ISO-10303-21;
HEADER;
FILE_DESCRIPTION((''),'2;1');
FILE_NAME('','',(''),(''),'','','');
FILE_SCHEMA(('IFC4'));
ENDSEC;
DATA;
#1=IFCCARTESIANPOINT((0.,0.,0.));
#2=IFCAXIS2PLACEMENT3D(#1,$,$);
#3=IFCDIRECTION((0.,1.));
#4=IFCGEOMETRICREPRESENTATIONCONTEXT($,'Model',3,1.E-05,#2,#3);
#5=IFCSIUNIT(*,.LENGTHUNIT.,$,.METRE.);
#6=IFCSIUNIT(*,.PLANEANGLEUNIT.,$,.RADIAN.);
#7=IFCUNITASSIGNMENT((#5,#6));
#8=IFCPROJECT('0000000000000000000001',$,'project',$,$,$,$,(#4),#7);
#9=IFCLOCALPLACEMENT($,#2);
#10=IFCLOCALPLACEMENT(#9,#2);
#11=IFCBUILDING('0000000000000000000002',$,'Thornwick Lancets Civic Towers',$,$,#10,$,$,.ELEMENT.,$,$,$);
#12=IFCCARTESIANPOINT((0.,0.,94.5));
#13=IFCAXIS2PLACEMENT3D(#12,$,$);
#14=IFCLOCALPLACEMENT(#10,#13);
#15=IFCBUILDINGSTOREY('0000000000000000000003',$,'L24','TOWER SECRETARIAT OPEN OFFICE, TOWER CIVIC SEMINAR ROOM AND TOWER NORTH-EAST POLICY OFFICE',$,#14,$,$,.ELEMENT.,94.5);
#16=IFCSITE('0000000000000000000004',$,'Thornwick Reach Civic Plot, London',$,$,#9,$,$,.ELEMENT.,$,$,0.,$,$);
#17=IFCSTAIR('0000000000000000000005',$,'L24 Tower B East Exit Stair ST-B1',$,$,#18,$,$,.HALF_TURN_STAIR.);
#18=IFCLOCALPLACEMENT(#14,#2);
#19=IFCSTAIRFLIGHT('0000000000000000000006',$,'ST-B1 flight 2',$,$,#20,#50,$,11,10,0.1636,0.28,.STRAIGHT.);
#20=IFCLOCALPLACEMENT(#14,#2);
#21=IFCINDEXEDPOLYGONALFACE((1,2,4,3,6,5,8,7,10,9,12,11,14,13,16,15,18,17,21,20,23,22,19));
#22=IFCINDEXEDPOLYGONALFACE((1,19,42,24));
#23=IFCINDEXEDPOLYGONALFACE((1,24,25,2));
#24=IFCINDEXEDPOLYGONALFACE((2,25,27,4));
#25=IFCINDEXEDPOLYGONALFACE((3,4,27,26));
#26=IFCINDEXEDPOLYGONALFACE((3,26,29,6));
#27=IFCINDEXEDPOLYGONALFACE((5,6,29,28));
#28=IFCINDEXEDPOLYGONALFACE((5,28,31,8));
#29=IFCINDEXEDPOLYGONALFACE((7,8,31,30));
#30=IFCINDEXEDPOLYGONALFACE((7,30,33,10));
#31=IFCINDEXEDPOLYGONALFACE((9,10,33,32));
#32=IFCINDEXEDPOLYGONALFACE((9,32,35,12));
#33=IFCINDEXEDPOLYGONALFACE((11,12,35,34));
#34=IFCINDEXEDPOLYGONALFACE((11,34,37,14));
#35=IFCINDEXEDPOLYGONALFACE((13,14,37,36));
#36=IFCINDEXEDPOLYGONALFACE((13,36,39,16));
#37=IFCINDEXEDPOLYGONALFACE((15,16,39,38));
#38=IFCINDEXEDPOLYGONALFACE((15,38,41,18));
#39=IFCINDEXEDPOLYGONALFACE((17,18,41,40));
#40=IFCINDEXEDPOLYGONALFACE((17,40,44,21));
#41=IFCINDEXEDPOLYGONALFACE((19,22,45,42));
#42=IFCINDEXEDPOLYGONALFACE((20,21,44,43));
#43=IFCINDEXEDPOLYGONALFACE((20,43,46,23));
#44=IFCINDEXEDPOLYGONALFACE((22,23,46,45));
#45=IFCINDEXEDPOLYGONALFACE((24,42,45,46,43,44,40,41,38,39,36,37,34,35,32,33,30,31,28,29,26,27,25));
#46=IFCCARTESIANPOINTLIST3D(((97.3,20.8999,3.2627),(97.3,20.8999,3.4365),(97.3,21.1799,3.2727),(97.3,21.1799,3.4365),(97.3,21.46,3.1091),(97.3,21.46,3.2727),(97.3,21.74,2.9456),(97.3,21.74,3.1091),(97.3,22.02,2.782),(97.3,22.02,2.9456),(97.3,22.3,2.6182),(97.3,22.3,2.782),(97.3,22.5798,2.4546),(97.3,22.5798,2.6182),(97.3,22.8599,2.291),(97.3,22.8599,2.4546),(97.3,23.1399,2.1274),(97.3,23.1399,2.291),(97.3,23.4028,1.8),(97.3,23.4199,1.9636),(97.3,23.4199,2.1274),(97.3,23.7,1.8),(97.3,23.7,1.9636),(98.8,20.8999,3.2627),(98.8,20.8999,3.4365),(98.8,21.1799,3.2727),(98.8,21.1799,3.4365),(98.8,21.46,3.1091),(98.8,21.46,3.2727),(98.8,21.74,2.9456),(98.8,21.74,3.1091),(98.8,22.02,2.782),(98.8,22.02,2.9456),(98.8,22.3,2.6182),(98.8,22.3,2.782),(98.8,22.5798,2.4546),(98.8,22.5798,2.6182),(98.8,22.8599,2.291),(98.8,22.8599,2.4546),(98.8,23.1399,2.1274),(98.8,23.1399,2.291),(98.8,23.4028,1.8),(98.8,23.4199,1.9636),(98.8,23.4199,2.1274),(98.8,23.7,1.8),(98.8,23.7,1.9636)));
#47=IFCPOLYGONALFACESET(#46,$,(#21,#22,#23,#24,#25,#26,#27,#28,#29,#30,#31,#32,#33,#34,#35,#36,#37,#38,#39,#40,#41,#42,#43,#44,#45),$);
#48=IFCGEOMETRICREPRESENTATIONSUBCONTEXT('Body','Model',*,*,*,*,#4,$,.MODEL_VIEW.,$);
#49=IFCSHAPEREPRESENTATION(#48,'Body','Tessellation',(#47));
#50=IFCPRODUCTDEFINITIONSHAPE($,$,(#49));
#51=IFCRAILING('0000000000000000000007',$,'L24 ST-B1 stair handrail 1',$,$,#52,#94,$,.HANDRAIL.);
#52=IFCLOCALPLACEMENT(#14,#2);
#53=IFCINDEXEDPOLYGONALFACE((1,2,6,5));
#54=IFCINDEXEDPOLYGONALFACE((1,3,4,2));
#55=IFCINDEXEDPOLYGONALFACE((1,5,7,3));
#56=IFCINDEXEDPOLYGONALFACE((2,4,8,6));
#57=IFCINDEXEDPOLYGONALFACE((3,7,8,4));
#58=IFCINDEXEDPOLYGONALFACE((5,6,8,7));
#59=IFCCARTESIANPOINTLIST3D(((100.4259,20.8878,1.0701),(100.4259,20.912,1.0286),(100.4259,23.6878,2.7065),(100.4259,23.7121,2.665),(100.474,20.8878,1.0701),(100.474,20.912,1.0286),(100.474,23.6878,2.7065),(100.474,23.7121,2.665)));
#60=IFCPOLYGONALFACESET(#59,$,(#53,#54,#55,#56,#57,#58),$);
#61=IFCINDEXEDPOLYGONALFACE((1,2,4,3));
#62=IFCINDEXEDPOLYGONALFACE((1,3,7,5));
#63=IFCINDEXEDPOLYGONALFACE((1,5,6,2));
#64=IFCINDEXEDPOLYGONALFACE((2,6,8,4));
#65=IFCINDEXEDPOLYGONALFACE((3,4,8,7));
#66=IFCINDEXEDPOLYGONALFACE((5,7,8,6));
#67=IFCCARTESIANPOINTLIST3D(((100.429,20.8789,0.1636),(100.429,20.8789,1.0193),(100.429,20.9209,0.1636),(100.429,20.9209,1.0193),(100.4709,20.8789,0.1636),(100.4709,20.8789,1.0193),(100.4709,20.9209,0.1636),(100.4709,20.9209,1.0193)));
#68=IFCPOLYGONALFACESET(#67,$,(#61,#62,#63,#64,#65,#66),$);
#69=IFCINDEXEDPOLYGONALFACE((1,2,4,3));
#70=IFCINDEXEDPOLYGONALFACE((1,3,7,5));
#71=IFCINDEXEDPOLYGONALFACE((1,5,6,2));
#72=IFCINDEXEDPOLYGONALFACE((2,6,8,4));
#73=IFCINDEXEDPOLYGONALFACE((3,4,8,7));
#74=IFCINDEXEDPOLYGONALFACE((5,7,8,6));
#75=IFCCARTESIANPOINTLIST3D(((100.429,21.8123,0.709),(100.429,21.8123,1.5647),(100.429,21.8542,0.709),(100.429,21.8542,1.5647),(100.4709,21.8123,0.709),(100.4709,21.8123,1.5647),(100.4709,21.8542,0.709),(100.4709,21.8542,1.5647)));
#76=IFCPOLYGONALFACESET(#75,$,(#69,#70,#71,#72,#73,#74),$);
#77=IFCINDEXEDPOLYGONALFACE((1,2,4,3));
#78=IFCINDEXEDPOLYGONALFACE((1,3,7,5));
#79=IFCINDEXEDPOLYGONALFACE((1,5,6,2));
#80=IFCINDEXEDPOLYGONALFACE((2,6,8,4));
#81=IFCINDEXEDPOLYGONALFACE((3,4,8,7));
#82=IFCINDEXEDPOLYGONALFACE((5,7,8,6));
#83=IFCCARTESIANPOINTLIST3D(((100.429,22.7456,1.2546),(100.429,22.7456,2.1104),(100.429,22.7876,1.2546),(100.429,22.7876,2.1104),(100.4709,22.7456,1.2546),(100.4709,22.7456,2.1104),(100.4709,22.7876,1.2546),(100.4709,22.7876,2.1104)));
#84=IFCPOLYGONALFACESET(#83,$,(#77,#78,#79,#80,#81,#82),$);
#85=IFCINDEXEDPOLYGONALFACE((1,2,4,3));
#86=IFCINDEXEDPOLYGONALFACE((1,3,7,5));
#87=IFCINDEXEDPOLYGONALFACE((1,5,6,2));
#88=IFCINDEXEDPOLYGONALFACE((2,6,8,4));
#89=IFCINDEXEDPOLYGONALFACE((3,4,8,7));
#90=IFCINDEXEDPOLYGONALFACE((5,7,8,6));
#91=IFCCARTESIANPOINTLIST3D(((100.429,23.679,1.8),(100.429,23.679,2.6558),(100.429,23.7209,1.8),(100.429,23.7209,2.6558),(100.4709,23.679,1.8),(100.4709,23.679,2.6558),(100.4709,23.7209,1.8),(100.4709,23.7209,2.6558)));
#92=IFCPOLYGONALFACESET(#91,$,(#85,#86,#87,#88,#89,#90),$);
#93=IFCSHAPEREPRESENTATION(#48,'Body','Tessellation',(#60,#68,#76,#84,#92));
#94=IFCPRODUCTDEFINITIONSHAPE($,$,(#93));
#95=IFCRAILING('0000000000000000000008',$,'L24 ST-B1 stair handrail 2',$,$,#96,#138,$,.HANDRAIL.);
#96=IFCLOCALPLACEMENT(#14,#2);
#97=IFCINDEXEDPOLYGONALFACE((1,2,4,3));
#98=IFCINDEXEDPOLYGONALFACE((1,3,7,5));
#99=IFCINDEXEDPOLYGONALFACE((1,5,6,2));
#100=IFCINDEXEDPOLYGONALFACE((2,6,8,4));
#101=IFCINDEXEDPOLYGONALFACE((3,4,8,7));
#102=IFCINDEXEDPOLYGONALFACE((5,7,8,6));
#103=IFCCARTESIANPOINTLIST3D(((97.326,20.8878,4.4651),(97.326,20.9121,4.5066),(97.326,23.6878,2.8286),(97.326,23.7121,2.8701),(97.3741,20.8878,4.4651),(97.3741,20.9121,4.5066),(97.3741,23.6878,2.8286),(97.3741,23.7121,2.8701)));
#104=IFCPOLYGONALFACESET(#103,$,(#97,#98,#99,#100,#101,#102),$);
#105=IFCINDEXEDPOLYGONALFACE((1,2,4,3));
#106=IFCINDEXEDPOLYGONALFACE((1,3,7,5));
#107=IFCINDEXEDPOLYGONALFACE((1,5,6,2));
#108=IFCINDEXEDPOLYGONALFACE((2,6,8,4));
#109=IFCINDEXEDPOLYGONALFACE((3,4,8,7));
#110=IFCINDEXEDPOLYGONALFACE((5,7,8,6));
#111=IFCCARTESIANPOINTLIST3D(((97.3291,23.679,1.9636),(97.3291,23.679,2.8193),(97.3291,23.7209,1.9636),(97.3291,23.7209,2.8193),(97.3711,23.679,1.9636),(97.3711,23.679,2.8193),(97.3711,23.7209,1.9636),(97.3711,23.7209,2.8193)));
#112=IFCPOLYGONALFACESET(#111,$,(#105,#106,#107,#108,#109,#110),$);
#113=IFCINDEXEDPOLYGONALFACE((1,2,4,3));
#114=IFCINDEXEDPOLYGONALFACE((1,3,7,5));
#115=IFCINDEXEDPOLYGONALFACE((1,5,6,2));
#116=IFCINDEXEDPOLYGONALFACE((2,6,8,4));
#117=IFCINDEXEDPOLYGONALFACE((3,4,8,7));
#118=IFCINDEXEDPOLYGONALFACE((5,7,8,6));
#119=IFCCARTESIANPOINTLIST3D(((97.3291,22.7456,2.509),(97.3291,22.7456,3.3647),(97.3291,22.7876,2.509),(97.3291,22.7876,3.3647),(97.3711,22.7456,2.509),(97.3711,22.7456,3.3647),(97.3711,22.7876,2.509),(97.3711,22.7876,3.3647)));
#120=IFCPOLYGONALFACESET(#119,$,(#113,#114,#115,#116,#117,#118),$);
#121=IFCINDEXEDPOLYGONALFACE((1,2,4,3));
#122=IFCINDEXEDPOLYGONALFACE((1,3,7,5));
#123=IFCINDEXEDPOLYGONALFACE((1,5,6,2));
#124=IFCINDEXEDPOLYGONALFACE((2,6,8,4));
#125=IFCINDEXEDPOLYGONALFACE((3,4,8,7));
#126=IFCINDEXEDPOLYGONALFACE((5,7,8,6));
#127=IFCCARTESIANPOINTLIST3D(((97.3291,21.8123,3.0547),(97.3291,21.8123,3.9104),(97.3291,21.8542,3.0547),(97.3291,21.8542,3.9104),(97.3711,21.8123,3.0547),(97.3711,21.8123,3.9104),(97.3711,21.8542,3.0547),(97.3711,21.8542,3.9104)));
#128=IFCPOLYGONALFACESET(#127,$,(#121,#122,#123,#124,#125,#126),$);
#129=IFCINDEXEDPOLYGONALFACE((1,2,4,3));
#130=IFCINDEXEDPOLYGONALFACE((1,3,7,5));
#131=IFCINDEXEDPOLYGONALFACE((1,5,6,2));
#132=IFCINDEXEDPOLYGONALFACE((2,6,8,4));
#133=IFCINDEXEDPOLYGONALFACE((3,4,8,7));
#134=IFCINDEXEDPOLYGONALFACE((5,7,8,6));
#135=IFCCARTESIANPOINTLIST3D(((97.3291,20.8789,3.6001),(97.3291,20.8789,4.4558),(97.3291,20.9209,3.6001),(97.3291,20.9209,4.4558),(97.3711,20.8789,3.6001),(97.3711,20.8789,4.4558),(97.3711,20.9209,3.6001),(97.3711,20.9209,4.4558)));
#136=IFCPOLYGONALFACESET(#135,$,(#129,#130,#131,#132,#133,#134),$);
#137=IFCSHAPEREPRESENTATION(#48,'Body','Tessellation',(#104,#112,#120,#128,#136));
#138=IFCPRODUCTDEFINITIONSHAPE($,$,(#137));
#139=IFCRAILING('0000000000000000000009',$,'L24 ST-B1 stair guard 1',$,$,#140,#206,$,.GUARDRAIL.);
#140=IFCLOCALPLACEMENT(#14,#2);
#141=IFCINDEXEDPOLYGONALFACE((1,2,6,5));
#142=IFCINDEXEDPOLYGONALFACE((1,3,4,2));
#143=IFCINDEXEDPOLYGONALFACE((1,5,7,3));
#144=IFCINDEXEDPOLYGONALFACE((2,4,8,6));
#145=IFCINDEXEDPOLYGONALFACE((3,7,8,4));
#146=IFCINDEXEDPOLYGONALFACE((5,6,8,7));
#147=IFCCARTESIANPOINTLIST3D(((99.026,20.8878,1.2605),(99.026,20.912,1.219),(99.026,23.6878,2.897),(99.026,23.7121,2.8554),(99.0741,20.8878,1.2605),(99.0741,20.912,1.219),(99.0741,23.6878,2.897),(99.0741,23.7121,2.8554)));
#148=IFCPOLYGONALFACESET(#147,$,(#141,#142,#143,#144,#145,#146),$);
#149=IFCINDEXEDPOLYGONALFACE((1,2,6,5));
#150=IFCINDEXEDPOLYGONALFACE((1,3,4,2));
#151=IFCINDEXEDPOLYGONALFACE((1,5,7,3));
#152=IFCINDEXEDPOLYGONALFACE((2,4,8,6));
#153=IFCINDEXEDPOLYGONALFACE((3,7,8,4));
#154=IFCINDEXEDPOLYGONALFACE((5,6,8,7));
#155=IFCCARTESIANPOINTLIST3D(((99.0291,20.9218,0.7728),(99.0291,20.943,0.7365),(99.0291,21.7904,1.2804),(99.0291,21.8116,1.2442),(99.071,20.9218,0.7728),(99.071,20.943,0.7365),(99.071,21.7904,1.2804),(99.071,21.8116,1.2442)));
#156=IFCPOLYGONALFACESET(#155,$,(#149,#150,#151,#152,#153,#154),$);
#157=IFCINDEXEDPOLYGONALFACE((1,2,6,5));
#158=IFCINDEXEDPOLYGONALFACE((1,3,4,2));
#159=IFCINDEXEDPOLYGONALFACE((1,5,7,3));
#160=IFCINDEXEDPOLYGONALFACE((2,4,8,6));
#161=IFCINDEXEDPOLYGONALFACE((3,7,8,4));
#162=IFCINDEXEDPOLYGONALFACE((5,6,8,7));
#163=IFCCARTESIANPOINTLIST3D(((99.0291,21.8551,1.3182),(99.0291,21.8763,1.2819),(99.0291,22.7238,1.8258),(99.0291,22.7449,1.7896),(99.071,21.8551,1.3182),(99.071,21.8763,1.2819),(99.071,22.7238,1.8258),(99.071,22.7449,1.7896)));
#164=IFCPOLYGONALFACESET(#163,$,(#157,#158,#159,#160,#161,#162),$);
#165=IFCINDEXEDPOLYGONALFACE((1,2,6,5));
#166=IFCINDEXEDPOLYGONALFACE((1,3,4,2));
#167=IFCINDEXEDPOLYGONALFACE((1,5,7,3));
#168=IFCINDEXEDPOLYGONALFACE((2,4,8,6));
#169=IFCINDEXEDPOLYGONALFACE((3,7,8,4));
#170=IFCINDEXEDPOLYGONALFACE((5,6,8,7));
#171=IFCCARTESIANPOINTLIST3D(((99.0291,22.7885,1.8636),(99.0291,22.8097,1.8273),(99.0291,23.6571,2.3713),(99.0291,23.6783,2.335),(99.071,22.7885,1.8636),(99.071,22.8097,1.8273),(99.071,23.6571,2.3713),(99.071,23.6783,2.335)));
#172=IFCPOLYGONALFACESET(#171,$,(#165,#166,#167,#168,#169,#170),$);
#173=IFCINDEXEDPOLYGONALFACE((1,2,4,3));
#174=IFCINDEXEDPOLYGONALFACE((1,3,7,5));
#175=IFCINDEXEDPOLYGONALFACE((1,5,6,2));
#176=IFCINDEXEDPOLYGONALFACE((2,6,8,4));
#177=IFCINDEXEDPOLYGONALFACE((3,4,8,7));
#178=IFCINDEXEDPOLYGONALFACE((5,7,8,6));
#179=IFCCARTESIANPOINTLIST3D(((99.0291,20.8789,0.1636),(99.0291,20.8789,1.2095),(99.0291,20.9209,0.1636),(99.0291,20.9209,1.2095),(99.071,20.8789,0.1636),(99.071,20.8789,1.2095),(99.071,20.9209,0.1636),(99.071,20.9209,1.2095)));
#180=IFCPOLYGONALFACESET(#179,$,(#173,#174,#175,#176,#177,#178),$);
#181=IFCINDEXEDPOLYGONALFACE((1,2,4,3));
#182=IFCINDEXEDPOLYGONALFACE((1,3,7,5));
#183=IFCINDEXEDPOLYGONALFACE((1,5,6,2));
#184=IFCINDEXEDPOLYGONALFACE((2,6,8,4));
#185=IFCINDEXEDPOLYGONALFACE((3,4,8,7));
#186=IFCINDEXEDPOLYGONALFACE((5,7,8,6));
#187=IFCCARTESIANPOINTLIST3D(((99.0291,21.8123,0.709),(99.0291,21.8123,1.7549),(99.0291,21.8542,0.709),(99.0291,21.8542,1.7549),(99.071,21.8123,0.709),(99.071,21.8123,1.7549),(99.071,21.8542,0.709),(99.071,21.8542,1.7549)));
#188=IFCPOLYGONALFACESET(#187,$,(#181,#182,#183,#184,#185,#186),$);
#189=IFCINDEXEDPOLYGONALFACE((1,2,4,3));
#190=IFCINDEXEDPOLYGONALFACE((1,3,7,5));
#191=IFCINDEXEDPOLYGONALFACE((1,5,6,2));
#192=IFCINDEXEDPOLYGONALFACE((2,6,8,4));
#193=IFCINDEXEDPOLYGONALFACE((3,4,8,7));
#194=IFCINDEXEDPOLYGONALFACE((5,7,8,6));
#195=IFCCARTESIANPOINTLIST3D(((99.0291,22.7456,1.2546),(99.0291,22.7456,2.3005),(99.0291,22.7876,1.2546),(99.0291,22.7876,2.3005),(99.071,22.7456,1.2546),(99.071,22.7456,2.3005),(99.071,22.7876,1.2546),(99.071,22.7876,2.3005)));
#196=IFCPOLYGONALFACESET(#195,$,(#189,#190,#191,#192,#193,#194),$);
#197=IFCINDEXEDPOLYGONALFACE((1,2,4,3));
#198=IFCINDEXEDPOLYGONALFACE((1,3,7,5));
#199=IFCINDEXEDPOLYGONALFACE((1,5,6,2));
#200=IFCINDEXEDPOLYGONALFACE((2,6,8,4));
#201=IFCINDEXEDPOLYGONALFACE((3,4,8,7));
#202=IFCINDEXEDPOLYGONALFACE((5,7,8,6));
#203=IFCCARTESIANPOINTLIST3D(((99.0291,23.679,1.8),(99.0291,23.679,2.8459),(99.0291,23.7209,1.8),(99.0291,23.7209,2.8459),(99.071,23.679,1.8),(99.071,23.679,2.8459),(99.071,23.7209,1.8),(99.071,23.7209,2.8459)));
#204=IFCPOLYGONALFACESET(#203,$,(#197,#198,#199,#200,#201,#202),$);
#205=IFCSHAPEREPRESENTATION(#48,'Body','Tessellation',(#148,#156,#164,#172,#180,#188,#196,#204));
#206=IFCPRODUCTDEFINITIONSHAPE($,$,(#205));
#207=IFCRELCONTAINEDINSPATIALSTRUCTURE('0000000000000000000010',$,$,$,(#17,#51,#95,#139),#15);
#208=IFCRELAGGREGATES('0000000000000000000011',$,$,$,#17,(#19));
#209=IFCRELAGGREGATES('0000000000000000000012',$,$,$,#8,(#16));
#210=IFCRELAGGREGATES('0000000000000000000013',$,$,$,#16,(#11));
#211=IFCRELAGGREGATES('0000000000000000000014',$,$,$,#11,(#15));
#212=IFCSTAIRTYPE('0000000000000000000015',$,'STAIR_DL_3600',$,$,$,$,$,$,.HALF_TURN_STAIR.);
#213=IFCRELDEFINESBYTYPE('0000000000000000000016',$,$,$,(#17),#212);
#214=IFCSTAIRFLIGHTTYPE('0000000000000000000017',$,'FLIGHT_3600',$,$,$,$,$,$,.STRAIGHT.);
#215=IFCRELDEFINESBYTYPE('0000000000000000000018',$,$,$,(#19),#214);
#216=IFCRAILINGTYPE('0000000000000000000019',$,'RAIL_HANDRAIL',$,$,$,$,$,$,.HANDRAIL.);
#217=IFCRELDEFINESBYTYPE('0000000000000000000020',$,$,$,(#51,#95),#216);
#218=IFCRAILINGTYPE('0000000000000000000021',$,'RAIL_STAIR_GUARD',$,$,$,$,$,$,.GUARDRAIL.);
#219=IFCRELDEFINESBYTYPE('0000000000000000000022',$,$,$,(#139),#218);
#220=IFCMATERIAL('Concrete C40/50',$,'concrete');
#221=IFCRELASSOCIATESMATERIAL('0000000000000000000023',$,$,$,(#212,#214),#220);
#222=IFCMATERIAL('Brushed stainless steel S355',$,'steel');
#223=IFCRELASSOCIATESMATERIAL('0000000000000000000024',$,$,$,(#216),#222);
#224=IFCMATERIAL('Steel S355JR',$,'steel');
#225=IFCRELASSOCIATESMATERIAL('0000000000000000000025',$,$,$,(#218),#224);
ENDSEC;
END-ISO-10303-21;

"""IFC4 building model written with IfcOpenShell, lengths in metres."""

from ifc_helpers import new_model, si_unit, direction, frame, origin, origin_2d, place, context, subcontext, project, spatial, polyline, rectangle, outline, extrude, material, type_object, element, aggregate, save


model = new_model("IFC4")

# Units and contexts
model_context = context("Model", 3, precision=1e-05, world=origin(), true_north=direction((0.0, 1.0)))
body_context = subcontext(model_context, "Body", "Model", "MODEL_VIEW")
ifc_project = project(units=[si_unit("LENGTHUNIT", "METRE"), si_unit("PLANEANGLEUNIT", "RADIAN")], contexts=[model_context])

# Site, building, storey
site_placement = place(None, origin())
site = spatial("IfcSite", under=ifc_project, at=site_placement, Name="Thornwick Reach Civic Plot, London", CompositionType="ELEMENT", RefElevation=0.0)
building_placement = place(site_placement, origin())
building = spatial("IfcBuilding", under=site, at=building_placement, Name="Thornwick Lancets Civic Towers", CompositionType="ELEMENT")
storey_placement = place(building_placement, frame((0.0, 0.0, 94.5)))
storey = spatial("IfcBuildingStorey", under=building, at=storey_placement, Name="L24", Description="TOWER SECRETARIAT OPEN OFFICE, TOWER CIVIC SEMINAR ROOM AND TOWER NORTH-EAST POLICY OFFICE", CompositionType="ELEMENT", Elevation=94.5)

# Shared definitions
ifc_material_1 = material(Name="Concrete C40/50", Category="concrete")

# Stair, stair flight
stair_type = type_object("IfcStairType", Name="STAIR_DL_3600", PredefinedType="HALF_TURN_STAIR", material=ifc_material_1)
stair_placement = place(storey_placement, origin())
stair = element("IfcStair", 1, at=stair_placement, inside=storey, type_object=stair_type, Name="L24 Tower B East Exit Stair ST-B1", PredefinedType="HALF_TURN_STAIR")
stair_flight_type = type_object("IfcStairFlightType", Name="FLIGHT_3600", PredefinedType="STRAIGHT", material=ifc_material_1)
stair_flight_1_placement = place(storey_placement, frame((98.05, 23.7, 1.8), z_axis=(0.0, 0.0, 1.0), x_axis=(0.0, -1.0, 0.0)))
stair_flight_1 = element("IfcStairFlight", 2, at=stair_flight_1_placement, type_object=stair_flight_type, Name="ST-B1 flight 2", NumberOfRisers=11, NumberOfTreads=10, PredefinedType="STRAIGHT", RiserHeight=0.1636, TreadLength=0.28, context=body_context, shape_type="SweptSolid", body=[
    extrude(outline(polyline([(0.0, 0.0), (0.0, 0.1636), (0.28, 0.1636), (0.28, 0.3274), (0.5601, 0.3274), (0.5601, 0.491), (0.8401, 0.491), (0.8401, 0.6545), (1.1201, 0.6545), (1.1201, 0.8181), (1.3999, 0.8181), (1.3999, 0.9819), (1.6799, 0.9819), (1.6799, 1.1455), (1.96, 1.1455), (1.96, 1.3091), (2.24, 1.3091), (2.24, 1.4727), (2.52, 1.4727), (2.52, 1.6365), (2.8, 1.6365), (2.8, 1.8), (2.8, 1.4626), (0.2971, 0.0), (0.0, 0.0)])), frame((0.0, 0.75, 0.0), z_axis=(0.0, -1.0, 0.0), x_axis=(1.0, 0.0, 0.0)), (0.0, 0.0, 1.0), 1.5),
])
aggregate(stair, [stair_flight_1])

# Railings
ifc_material_2 = material(Name="Brushed stainless steel S355", Category="steel")
railing_type_1 = type_object("IfcRailingType", Name="RAIL_HANDRAIL", PredefinedType="HANDRAIL", material=ifc_material_2)
railing_1_placement = place(storey_placement, frame((100.45, 20.8999, 0.1636)))
element("IfcRailing", 3, at=railing_1_placement, inside=storey, type_object=railing_type_1, Name="L24 ST-B1 stair handrail 1", PredefinedType="HANDRAIL", context=body_context, shape_type="SweptSolid", body=[
    extrude(rectangle(XDim=0.0481, YDim=0.0481, at=origin_2d()), frame((0.0, 0.0, 0.8857), z_axis=(0.0, 0.863361, 0.504587), x_axis=(-1.0, 0.0, 0.0)), (0.0, 0.0, 1.0), 3.2432),
    extrude(rectangle(XDim=0.042, YDim=0.042, at=origin_2d()), origin(), (0.0, 0.0, 1.0), 0.8557),
    extrude(rectangle(XDim=0.042, YDim=0.042, at=origin_2d()), frame((0.0, 0.9333, 0.5454)), (0.0, 0.0, 1.0), 0.8557),
    extrude(rectangle(XDim=0.042, YDim=0.042, at=origin_2d()), frame((0.0, 1.8667, 1.0911)), (0.0, 0.0, 1.0), 0.8557),
    extrude(rectangle(XDim=0.042, YDim=0.042, at=origin_2d()), frame((0.0, 2.8, 1.6365)), (0.0, 0.0, 1.0), 0.8557),
])
railing_2_placement = place(storey_placement, frame((97.3501, 23.7, 1.9636)))
element("IfcRailing", 4, at=railing_2_placement, inside=storey, type_object=railing_type_1, Name="L24 ST-B1 stair handrail 2", PredefinedType="HANDRAIL", context=body_context, shape_type="SweptSolid", body=[
    extrude(rectangle(XDim=0.0481, YDim=0.0481, at=origin_2d()), frame((0.0, 0.0, 0.8857), z_axis=(0.0, -0.863361, 0.504587), x_axis=(1.0, 0.0, 0.0)), (0.0, 0.0, 1.0), 3.2432),
    extrude(rectangle(XDim=0.042, YDim=0.042, at=origin_2d()), origin(), (0.0, 0.0, 1.0), 0.8557),
    extrude(rectangle(XDim=0.042, YDim=0.042, at=origin_2d()), frame((0.0, -0.9333, 0.5454)), (0.0, 0.0, 1.0), 0.8557),
    extrude(rectangle(XDim=0.042, YDim=0.042, at=origin_2d()), frame((0.0, -1.8667, 1.0911)), (0.0, 0.0, 1.0), 0.8557),
    extrude(rectangle(XDim=0.042, YDim=0.042, at=origin_2d()), frame((0.0, -2.8, 1.6365)), (0.0, 0.0, 1.0), 0.8557),
])
ifc_material_3 = material(Name="Steel S355JR", Category="steel")
railing_type_2 = type_object("IfcRailingType", Name="RAIL_STAIR_GUARD", PredefinedType="GUARDRAIL", material=ifc_material_3)
railing_3_placement = place(storey_placement, frame((99.05, 20.8999, 0.1636)))
element("IfcRailing", 5, at=railing_3_placement, inside=storey, type_object=railing_type_2, Name="L24 ST-B1 stair guard 1", PredefinedType="GUARDRAIL", context=body_context, shape_type="SweptSolid", body=[
    extrude(rectangle(XDim=0.0481, YDim=0.0481, at=origin_2d()), frame((0.0, 0.0, 1.0762), z_axis=(0.0, 0.863361, 0.504587), x_axis=(-1.0, 0.0, 0.0)), (0.0, 0.0, 1.0), 3.2432),
    extrude(rectangle(XDim=0.042, YDim=0.042, at=origin_2d()), frame((0.0, 0.0325, 0.5911), z_axis=(0.0, 0.863361, 0.504587), x_axis=(-1.0, 0.0, 0.0)), (0.0, 0.0, 1.0), 1.0061),
    extrude(rectangle(XDim=0.042, YDim=0.042, at=origin_2d()), frame((0.0, 0.9658, 1.1365), z_axis=(0.0, 0.863361, 0.504587), x_axis=(-1.0, 0.0, 0.0)), (0.0, 0.0, 1.0), 1.0061),
    extrude(rectangle(XDim=0.042, YDim=0.042, at=origin_2d()), frame((0.0, 1.8992, 1.6819), z_axis=(0.0, 0.863361, 0.504587), x_axis=(-1.0, 0.0, 0.0)), (0.0, 0.0, 1.0), 1.0061),
    extrude(rectangle(XDim=0.042, YDim=0.042, at=origin_2d()), origin(), (0.0, 0.0, 1.0), 1.0459),
    extrude(rectangle(XDim=0.042, YDim=0.042, at=origin_2d()), frame((0.0, 0.9333, 0.5454)), (0.0, 0.0, 1.0), 1.0459),
    extrude(rectangle(XDim=0.042, YDim=0.042, at=origin_2d()), frame((0.0, 1.8667, 1.0911)), (0.0, 0.0, 1.0), 1.0459),
    extrude(rectangle(XDim=0.042, YDim=0.042, at=origin_2d()), frame((0.0, 2.8, 1.6365)), (0.0, 0.0, 1.0), 1.0459),
])

save(model, "model.ifc")
